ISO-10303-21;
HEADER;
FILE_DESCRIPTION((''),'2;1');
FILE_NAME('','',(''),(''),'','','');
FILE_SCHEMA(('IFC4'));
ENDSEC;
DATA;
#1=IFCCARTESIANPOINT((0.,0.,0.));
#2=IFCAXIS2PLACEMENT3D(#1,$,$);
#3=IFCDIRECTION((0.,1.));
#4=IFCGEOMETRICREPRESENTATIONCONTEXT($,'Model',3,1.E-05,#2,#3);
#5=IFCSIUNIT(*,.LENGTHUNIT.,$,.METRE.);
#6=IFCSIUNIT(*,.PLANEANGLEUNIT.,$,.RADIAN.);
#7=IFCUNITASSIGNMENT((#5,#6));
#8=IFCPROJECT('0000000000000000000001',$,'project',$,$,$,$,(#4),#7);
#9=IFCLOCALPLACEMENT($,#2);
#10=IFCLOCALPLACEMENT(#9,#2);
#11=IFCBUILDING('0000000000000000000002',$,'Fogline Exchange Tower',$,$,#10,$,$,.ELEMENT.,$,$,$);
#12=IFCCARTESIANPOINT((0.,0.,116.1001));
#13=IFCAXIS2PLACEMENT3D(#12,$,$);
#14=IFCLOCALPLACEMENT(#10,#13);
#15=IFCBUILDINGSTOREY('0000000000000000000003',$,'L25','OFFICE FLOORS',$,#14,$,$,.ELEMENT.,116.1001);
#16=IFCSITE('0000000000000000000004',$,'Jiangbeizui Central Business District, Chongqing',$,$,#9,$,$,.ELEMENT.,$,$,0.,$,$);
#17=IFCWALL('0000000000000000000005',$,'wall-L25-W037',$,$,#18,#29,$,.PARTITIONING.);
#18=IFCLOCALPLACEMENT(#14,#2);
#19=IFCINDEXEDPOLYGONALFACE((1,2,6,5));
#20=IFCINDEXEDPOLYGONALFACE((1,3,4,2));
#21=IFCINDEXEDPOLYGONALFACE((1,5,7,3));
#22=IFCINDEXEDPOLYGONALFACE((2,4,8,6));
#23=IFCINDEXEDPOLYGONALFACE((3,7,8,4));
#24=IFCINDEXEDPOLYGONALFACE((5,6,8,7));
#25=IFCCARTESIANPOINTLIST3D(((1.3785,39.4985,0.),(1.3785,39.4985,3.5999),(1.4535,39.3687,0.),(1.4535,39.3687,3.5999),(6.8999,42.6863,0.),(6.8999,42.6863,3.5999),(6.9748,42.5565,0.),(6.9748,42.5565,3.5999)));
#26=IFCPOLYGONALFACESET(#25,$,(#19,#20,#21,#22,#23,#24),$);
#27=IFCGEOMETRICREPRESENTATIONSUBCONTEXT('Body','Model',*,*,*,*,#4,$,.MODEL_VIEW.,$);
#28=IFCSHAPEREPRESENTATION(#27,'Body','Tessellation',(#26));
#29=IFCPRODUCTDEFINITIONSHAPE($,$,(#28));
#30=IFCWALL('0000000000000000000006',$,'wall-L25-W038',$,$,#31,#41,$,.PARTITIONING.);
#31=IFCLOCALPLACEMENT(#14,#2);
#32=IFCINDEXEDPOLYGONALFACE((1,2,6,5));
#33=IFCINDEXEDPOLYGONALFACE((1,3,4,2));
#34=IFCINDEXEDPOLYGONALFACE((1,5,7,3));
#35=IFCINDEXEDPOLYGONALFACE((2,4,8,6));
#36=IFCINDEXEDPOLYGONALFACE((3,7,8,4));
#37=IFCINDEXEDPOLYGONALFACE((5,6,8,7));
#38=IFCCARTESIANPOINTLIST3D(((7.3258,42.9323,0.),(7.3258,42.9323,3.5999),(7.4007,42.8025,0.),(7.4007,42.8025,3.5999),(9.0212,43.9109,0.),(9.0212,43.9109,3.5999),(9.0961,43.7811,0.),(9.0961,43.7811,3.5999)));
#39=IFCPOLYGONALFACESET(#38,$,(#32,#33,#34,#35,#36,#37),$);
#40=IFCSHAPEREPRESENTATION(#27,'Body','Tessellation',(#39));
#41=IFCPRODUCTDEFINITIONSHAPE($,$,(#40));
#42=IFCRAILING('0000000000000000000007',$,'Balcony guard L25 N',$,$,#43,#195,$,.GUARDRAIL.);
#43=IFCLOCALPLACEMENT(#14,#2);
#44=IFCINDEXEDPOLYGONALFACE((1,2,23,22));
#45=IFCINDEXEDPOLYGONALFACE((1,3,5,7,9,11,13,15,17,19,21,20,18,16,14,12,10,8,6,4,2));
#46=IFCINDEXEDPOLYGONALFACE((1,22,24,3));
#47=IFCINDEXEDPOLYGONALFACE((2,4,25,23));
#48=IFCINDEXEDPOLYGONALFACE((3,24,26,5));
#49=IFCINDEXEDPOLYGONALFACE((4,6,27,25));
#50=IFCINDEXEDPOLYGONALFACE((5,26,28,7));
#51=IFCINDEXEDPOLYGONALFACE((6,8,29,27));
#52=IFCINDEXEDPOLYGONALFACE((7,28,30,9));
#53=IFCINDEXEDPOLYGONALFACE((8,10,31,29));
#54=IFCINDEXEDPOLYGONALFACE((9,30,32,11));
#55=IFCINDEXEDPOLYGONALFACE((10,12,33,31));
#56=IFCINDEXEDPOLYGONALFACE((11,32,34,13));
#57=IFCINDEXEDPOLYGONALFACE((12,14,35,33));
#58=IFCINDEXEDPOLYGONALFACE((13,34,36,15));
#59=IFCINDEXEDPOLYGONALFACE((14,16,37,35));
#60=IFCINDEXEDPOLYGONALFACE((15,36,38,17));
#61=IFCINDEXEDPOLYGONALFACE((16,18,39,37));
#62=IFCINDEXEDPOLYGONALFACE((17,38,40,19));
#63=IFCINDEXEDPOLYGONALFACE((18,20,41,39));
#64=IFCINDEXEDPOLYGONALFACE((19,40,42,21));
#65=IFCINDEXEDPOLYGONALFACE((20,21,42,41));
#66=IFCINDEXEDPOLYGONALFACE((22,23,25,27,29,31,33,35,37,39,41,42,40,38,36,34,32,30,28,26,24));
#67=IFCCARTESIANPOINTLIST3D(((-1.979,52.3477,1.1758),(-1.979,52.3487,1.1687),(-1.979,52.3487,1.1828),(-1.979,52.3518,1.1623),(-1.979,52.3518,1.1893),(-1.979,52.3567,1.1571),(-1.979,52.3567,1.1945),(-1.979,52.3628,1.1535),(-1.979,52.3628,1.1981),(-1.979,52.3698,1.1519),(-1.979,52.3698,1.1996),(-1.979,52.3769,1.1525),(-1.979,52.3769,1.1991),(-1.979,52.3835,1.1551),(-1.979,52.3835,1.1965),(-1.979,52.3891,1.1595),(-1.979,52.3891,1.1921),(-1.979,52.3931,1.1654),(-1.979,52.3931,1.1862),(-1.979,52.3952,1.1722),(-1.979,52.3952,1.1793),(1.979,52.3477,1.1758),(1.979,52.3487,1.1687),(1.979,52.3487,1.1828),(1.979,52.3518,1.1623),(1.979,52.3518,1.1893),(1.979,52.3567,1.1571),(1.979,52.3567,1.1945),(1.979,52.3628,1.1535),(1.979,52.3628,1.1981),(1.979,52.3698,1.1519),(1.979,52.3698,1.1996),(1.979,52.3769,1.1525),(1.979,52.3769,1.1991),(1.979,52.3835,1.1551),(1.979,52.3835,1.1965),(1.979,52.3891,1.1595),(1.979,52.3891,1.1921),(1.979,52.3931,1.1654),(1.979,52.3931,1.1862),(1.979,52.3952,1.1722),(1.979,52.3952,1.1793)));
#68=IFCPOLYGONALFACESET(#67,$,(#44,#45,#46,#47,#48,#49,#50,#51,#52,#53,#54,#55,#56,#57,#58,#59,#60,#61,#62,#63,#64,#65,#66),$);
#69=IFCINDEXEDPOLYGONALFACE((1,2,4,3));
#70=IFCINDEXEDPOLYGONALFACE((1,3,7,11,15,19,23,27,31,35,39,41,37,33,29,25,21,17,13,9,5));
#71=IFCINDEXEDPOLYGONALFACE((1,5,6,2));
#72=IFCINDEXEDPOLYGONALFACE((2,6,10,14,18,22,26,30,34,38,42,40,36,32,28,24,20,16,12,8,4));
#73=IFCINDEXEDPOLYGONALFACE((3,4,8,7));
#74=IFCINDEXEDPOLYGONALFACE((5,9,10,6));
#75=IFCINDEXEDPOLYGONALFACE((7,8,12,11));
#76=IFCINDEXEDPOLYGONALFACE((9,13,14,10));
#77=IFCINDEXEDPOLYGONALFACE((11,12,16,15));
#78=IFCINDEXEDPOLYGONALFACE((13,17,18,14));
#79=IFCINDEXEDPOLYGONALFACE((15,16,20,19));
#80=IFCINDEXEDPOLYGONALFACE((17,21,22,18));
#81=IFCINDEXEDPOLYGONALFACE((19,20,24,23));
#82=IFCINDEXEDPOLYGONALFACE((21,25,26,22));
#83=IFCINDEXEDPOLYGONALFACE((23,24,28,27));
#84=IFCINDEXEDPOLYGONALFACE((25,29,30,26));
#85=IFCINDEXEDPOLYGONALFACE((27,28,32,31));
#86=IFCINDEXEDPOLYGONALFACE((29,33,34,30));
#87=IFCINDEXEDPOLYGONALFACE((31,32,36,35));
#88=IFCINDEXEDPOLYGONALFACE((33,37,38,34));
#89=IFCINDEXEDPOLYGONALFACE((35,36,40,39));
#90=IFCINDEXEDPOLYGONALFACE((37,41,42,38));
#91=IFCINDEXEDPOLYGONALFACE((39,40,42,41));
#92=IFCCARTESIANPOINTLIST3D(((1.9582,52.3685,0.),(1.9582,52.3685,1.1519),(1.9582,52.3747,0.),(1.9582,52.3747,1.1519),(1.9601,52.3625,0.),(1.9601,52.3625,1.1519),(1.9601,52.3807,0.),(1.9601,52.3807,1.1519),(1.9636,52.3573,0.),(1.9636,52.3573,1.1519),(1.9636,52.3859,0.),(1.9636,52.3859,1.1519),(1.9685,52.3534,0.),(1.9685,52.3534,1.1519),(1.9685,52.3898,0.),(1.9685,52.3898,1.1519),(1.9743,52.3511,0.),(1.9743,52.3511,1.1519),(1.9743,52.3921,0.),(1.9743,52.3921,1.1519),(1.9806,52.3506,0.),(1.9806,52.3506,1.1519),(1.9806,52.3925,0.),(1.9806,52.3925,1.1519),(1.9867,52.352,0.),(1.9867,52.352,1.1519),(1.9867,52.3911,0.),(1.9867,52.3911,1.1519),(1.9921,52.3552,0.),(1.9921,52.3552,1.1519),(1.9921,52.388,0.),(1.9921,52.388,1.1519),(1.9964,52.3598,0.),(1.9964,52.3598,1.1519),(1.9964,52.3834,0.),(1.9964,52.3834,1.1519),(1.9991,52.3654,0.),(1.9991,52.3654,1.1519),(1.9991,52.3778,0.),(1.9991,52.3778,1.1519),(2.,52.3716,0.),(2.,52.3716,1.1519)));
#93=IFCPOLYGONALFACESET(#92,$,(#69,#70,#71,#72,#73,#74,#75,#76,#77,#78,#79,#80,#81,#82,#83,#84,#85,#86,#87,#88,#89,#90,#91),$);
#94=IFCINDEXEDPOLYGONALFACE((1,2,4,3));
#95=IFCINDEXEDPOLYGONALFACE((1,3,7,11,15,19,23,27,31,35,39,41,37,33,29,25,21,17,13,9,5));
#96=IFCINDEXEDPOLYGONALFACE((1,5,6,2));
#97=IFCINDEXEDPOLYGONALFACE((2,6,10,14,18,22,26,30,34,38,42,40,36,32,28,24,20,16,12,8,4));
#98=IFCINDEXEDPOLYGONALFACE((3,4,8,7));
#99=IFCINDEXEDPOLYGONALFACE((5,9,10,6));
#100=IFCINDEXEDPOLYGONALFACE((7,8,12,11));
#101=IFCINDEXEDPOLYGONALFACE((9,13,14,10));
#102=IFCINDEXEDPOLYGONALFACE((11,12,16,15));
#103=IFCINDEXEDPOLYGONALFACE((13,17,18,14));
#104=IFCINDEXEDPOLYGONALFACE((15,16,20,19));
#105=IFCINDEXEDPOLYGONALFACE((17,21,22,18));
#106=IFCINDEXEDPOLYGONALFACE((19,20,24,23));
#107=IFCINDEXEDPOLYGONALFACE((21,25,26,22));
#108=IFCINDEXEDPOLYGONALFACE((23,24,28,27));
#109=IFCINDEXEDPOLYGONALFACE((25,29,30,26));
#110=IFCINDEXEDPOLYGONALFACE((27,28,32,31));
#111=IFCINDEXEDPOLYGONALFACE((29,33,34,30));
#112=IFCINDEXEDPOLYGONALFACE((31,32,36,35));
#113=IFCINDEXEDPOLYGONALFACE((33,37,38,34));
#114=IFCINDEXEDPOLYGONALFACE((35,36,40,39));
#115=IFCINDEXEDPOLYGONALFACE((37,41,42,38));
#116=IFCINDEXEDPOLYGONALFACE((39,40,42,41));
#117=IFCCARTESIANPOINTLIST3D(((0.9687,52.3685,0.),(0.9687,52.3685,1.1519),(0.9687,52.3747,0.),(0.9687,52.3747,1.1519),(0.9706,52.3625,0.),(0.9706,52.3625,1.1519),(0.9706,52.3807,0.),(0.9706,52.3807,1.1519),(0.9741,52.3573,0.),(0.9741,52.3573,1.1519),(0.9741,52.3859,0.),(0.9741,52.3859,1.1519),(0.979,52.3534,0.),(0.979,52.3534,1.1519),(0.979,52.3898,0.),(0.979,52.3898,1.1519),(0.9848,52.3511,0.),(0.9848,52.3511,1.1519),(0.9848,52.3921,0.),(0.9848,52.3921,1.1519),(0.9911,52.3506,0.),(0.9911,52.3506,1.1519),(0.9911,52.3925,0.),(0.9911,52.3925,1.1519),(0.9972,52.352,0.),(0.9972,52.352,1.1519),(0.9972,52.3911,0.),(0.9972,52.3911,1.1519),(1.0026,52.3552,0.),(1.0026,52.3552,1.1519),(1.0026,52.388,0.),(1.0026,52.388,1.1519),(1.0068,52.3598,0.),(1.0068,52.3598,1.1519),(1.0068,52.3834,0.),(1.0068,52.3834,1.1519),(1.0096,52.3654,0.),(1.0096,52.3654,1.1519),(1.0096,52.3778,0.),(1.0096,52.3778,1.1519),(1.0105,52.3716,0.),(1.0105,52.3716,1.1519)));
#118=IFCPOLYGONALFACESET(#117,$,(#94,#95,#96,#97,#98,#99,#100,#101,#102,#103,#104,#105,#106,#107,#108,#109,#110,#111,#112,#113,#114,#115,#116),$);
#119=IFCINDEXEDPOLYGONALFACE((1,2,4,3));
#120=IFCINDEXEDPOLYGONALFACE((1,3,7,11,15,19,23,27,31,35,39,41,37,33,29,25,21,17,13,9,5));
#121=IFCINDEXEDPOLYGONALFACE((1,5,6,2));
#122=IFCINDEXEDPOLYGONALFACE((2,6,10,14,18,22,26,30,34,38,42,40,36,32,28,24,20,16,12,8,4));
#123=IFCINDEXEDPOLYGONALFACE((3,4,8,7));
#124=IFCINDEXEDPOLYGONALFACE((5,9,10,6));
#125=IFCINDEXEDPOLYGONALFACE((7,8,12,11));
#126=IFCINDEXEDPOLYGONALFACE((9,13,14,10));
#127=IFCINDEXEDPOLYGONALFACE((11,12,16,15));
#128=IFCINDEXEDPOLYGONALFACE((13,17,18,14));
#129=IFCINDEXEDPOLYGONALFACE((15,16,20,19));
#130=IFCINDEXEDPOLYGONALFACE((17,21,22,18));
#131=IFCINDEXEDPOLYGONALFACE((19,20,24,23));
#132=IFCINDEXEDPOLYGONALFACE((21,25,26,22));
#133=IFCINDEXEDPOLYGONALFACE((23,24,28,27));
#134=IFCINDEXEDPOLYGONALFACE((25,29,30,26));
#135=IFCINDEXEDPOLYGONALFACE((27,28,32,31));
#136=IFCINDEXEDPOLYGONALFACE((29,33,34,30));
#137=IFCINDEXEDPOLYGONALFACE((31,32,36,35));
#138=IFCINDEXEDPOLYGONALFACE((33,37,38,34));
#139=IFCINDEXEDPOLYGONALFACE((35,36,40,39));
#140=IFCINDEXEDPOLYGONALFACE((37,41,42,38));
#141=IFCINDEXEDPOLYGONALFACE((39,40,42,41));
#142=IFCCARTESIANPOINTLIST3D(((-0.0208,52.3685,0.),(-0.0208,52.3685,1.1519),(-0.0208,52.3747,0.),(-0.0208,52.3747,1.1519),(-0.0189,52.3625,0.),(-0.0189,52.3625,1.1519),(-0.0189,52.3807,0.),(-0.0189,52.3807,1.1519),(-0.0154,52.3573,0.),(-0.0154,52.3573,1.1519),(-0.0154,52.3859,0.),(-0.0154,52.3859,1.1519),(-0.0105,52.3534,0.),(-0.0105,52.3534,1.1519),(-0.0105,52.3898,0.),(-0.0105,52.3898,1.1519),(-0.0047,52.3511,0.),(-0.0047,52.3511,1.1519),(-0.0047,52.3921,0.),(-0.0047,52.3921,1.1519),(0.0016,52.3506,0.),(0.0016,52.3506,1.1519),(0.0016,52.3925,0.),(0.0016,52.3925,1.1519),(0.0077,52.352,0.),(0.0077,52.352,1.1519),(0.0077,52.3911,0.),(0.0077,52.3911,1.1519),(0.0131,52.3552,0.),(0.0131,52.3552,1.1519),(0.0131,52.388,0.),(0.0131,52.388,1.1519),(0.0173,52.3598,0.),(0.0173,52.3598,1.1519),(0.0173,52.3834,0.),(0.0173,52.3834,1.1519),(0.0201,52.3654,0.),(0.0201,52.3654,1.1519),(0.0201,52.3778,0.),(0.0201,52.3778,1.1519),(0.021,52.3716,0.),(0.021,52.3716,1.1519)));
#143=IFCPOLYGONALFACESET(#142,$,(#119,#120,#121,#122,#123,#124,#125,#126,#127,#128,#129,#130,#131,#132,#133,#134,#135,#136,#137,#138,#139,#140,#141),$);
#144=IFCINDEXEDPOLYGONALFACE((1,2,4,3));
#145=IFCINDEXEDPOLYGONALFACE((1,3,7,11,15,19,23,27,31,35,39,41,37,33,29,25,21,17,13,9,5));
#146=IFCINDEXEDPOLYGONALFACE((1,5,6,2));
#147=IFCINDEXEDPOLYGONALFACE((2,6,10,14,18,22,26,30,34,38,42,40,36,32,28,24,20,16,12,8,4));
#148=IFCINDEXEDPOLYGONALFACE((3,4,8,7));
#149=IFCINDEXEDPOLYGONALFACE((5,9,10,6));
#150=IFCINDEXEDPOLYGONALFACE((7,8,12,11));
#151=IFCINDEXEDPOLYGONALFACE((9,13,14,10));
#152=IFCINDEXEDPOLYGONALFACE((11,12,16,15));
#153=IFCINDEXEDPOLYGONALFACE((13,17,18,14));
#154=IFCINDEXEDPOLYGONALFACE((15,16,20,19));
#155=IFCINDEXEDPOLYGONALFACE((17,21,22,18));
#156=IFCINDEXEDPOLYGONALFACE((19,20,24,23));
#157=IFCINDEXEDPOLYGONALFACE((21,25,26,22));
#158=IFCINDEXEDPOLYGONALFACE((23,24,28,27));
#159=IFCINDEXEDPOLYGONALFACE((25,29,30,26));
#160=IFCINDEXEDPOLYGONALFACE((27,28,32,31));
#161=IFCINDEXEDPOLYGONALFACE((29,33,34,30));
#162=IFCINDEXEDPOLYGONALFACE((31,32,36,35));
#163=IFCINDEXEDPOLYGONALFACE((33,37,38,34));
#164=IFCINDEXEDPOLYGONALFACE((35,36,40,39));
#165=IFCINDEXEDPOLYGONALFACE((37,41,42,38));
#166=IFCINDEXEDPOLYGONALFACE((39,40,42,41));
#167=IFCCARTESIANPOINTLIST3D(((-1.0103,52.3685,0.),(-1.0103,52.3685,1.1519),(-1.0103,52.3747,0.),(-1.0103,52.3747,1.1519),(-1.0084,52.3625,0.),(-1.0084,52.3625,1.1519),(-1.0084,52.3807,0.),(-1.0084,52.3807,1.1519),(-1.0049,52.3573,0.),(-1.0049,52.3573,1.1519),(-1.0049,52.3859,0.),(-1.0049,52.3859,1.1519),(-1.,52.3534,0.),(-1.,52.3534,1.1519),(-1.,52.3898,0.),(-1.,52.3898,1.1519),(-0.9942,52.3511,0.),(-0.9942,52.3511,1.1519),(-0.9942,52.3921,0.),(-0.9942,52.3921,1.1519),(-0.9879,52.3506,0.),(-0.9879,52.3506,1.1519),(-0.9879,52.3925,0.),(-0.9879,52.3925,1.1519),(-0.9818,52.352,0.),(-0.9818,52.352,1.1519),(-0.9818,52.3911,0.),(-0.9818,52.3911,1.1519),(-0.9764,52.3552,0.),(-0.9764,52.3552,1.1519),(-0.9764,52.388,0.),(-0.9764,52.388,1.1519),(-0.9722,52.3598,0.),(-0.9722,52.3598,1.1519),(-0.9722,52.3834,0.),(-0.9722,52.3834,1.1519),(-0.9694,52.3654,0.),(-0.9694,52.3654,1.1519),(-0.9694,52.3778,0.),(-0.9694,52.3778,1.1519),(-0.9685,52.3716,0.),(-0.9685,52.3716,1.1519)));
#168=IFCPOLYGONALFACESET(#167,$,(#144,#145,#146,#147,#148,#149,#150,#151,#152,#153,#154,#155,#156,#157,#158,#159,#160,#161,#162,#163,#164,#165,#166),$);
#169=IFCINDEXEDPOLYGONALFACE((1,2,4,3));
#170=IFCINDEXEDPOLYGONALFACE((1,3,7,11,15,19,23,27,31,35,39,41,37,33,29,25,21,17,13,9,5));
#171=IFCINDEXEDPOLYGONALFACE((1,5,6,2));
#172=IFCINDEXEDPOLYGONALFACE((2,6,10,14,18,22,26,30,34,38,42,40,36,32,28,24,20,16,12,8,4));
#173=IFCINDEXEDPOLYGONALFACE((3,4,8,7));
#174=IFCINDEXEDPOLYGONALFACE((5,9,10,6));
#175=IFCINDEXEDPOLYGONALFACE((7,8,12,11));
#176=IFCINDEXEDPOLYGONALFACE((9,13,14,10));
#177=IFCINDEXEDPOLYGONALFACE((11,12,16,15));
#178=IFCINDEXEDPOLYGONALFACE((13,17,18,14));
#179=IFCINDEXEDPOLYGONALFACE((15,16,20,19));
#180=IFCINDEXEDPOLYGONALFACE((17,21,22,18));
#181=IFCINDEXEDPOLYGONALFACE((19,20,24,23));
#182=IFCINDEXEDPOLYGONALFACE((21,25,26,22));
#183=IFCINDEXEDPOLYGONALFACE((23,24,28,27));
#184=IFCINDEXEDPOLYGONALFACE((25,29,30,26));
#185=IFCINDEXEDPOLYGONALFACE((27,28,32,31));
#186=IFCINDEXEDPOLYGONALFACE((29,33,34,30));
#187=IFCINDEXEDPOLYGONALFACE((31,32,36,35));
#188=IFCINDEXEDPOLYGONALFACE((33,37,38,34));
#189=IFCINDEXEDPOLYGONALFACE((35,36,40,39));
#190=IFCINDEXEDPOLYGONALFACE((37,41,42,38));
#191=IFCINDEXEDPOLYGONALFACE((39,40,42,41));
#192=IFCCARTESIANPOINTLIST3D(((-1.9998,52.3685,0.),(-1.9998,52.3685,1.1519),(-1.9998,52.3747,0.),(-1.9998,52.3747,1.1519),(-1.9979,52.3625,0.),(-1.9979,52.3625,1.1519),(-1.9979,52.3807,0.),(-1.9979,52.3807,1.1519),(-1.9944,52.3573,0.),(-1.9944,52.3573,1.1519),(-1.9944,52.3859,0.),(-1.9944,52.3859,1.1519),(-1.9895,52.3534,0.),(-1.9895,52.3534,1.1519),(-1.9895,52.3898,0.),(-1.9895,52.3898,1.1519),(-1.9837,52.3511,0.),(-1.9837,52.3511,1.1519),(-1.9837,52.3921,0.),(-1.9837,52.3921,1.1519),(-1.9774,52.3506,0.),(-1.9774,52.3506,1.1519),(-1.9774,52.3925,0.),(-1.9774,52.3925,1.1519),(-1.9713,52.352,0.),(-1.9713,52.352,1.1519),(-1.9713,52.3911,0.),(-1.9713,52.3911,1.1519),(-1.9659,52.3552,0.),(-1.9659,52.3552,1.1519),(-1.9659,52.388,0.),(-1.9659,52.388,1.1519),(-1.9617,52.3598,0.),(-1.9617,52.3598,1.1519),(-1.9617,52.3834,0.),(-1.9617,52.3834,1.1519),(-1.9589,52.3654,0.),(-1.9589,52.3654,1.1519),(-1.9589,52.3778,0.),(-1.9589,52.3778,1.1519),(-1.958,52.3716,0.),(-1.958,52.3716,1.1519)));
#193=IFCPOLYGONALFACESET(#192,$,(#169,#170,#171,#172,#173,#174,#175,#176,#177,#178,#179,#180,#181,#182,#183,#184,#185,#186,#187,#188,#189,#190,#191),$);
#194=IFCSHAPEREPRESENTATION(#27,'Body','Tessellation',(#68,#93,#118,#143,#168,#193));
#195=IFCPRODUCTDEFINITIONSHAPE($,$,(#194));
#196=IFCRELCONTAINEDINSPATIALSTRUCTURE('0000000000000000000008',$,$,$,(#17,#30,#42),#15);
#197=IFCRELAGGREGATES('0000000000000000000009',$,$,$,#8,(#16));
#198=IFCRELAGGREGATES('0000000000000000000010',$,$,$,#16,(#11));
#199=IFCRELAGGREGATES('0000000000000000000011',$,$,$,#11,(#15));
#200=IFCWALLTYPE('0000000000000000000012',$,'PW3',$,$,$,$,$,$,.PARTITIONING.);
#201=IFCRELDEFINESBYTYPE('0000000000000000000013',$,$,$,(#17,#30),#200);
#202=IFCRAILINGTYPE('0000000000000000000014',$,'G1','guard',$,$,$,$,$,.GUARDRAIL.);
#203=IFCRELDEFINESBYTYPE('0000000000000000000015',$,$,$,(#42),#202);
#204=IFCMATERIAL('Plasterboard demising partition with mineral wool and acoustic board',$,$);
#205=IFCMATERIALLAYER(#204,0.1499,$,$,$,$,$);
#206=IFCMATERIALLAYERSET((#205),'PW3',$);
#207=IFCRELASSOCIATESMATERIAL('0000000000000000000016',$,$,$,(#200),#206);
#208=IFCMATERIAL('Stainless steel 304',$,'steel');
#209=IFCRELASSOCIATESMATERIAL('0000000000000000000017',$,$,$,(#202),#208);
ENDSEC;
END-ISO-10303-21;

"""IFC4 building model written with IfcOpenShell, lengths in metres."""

from ifc_helpers import new_model, si_unit, direction, frame, frame_2d, origin, origin_2d, place, context, subcontext, project, spatial, rectangle, circle, extrude, material, layer, layer_set, type_object, element, save


model = new_model("IFC4")

# Units and contexts
model_context = context("Model", 3, precision=1e-05, world=origin(), true_north=direction((0.0, 1.0)))
body_context = subcontext(model_context, "Body", "Model", "MODEL_VIEW")
ifc_project = project(units=[si_unit("LENGTHUNIT", "METRE"), si_unit("PLANEANGLEUNIT", "RADIAN")], contexts=[model_context])

# Site, building, storey
site_placement = place(None, origin())
site = spatial("IfcSite", under=ifc_project, at=site_placement, Name="Jiangbeizui Central Business District, Chongqing", CompositionType="ELEMENT", RefElevation=0.0)
building_placement = place(site_placement, origin())
building = spatial("IfcBuilding", under=site, at=building_placement, Name="Fogline Exchange Tower", CompositionType="ELEMENT")
storey_placement = place(building_placement, frame((0.0, 0.0, 116.1001)))
storey = spatial("IfcBuildingStorey", under=building, at=storey_placement, Name="L25", Description="OFFICE FLOORS", CompositionType="ELEMENT", Elevation=116.1001)

# Walls
ifc_material_1 = material(Name="Plasterboard demising partition with mineral wool and acoustic board")
ifc_layer_1 = layer(ifc_material_1, 0.1499)
ifc_layer_set_1 = layer_set([ifc_layer_1], Name="PW3")
wall_type_1 = type_object("IfcWallType", Name="PW3", PredefinedType="PARTITIONING", material=ifc_layer_set_1)
wall_1_placement = place(storey_placement, frame((1.416, 39.4336, 0.0), z_axis=(0.0, 0.0, 1.0), x_axis=(0.866022, 0.500006, 0.0)))
element("IfcWall", 1, at=wall_1_placement, inside=storey, type_object=wall_type_1, Name="wall-L25-W037", PredefinedType="PARTITIONING", context=body_context, shape_type="SweptSolid", body=[
    extrude(rectangle(XDim=6.3755, YDim=0.1499, at=frame_2d((3.1877, 0.0))), origin(), (0.0, 0.0, 1.0), 3.5999),
])
wall_2_placement = place(storey_placement, frame((7.3633, 42.8674, 0.0), z_axis=(0.0, 0.0, 1.0), x_axis=(0.866086, 0.499895, 0.0)))
element("IfcWall", 2, at=wall_2_placement, inside=storey, type_object=wall_type_1, Name="wall-L25-W038", PredefinedType="PARTITIONING", context=body_context, shape_type="SweptSolid", body=[
    extrude(rectangle(XDim=1.9575, YDim=0.1499, at=frame_2d((0.9788, 0.0))), origin(), (0.0, 0.0, 1.0), 3.5999),
])

# Railing
ifc_material_2 = material(Name="Stainless steel 304", Category="steel")
railing_type = type_object("IfcRailingType", Name="G1", Description="guard", PredefinedType="GUARDRAIL", material=ifc_material_2)
railing_placement = place(storey_placement, frame((1.979, 52.3716, 0.0)))
element("IfcRailing", 3, at=railing_placement, inside=storey, type_object=railing_type, Name="Balcony guard L25 N", PredefinedType="GUARDRAIL", context=body_context, shape_type="SweptSolid", body=[
    extrude(circle(Radius=0.0239, at=origin_2d()), frame((0.0, 0.0, 1.1758), z_axis=(-1.0, 0.0, 0.0), x_axis=(0.0, -1.0, 0.0)), (0.0, 0.0, 1.0), 3.958),
    extrude(circle(Radius=0.021, at=origin_2d()), origin(), (0.0, 0.0, 1.0), 1.1519),
    extrude(circle(Radius=0.021, at=origin_2d()), frame((-0.9895, 0.0, 0.0)), (0.0, 0.0, 1.0), 1.1519),
    extrude(circle(Radius=0.021, at=origin_2d()), frame((-1.979, 0.0, 0.0)), (0.0, 0.0, 1.0), 1.1519),
    extrude(circle(Radius=0.021, at=origin_2d()), frame((-2.9685, 0.0, 0.0)), (0.0, 0.0, 1.0), 1.1519),
    extrude(circle(Radius=0.021, at=origin_2d()), frame((-3.958, 0.0, 0.0)), (0.0, 0.0, 1.0), 1.1519),
])

save(model, "model.ifc")
